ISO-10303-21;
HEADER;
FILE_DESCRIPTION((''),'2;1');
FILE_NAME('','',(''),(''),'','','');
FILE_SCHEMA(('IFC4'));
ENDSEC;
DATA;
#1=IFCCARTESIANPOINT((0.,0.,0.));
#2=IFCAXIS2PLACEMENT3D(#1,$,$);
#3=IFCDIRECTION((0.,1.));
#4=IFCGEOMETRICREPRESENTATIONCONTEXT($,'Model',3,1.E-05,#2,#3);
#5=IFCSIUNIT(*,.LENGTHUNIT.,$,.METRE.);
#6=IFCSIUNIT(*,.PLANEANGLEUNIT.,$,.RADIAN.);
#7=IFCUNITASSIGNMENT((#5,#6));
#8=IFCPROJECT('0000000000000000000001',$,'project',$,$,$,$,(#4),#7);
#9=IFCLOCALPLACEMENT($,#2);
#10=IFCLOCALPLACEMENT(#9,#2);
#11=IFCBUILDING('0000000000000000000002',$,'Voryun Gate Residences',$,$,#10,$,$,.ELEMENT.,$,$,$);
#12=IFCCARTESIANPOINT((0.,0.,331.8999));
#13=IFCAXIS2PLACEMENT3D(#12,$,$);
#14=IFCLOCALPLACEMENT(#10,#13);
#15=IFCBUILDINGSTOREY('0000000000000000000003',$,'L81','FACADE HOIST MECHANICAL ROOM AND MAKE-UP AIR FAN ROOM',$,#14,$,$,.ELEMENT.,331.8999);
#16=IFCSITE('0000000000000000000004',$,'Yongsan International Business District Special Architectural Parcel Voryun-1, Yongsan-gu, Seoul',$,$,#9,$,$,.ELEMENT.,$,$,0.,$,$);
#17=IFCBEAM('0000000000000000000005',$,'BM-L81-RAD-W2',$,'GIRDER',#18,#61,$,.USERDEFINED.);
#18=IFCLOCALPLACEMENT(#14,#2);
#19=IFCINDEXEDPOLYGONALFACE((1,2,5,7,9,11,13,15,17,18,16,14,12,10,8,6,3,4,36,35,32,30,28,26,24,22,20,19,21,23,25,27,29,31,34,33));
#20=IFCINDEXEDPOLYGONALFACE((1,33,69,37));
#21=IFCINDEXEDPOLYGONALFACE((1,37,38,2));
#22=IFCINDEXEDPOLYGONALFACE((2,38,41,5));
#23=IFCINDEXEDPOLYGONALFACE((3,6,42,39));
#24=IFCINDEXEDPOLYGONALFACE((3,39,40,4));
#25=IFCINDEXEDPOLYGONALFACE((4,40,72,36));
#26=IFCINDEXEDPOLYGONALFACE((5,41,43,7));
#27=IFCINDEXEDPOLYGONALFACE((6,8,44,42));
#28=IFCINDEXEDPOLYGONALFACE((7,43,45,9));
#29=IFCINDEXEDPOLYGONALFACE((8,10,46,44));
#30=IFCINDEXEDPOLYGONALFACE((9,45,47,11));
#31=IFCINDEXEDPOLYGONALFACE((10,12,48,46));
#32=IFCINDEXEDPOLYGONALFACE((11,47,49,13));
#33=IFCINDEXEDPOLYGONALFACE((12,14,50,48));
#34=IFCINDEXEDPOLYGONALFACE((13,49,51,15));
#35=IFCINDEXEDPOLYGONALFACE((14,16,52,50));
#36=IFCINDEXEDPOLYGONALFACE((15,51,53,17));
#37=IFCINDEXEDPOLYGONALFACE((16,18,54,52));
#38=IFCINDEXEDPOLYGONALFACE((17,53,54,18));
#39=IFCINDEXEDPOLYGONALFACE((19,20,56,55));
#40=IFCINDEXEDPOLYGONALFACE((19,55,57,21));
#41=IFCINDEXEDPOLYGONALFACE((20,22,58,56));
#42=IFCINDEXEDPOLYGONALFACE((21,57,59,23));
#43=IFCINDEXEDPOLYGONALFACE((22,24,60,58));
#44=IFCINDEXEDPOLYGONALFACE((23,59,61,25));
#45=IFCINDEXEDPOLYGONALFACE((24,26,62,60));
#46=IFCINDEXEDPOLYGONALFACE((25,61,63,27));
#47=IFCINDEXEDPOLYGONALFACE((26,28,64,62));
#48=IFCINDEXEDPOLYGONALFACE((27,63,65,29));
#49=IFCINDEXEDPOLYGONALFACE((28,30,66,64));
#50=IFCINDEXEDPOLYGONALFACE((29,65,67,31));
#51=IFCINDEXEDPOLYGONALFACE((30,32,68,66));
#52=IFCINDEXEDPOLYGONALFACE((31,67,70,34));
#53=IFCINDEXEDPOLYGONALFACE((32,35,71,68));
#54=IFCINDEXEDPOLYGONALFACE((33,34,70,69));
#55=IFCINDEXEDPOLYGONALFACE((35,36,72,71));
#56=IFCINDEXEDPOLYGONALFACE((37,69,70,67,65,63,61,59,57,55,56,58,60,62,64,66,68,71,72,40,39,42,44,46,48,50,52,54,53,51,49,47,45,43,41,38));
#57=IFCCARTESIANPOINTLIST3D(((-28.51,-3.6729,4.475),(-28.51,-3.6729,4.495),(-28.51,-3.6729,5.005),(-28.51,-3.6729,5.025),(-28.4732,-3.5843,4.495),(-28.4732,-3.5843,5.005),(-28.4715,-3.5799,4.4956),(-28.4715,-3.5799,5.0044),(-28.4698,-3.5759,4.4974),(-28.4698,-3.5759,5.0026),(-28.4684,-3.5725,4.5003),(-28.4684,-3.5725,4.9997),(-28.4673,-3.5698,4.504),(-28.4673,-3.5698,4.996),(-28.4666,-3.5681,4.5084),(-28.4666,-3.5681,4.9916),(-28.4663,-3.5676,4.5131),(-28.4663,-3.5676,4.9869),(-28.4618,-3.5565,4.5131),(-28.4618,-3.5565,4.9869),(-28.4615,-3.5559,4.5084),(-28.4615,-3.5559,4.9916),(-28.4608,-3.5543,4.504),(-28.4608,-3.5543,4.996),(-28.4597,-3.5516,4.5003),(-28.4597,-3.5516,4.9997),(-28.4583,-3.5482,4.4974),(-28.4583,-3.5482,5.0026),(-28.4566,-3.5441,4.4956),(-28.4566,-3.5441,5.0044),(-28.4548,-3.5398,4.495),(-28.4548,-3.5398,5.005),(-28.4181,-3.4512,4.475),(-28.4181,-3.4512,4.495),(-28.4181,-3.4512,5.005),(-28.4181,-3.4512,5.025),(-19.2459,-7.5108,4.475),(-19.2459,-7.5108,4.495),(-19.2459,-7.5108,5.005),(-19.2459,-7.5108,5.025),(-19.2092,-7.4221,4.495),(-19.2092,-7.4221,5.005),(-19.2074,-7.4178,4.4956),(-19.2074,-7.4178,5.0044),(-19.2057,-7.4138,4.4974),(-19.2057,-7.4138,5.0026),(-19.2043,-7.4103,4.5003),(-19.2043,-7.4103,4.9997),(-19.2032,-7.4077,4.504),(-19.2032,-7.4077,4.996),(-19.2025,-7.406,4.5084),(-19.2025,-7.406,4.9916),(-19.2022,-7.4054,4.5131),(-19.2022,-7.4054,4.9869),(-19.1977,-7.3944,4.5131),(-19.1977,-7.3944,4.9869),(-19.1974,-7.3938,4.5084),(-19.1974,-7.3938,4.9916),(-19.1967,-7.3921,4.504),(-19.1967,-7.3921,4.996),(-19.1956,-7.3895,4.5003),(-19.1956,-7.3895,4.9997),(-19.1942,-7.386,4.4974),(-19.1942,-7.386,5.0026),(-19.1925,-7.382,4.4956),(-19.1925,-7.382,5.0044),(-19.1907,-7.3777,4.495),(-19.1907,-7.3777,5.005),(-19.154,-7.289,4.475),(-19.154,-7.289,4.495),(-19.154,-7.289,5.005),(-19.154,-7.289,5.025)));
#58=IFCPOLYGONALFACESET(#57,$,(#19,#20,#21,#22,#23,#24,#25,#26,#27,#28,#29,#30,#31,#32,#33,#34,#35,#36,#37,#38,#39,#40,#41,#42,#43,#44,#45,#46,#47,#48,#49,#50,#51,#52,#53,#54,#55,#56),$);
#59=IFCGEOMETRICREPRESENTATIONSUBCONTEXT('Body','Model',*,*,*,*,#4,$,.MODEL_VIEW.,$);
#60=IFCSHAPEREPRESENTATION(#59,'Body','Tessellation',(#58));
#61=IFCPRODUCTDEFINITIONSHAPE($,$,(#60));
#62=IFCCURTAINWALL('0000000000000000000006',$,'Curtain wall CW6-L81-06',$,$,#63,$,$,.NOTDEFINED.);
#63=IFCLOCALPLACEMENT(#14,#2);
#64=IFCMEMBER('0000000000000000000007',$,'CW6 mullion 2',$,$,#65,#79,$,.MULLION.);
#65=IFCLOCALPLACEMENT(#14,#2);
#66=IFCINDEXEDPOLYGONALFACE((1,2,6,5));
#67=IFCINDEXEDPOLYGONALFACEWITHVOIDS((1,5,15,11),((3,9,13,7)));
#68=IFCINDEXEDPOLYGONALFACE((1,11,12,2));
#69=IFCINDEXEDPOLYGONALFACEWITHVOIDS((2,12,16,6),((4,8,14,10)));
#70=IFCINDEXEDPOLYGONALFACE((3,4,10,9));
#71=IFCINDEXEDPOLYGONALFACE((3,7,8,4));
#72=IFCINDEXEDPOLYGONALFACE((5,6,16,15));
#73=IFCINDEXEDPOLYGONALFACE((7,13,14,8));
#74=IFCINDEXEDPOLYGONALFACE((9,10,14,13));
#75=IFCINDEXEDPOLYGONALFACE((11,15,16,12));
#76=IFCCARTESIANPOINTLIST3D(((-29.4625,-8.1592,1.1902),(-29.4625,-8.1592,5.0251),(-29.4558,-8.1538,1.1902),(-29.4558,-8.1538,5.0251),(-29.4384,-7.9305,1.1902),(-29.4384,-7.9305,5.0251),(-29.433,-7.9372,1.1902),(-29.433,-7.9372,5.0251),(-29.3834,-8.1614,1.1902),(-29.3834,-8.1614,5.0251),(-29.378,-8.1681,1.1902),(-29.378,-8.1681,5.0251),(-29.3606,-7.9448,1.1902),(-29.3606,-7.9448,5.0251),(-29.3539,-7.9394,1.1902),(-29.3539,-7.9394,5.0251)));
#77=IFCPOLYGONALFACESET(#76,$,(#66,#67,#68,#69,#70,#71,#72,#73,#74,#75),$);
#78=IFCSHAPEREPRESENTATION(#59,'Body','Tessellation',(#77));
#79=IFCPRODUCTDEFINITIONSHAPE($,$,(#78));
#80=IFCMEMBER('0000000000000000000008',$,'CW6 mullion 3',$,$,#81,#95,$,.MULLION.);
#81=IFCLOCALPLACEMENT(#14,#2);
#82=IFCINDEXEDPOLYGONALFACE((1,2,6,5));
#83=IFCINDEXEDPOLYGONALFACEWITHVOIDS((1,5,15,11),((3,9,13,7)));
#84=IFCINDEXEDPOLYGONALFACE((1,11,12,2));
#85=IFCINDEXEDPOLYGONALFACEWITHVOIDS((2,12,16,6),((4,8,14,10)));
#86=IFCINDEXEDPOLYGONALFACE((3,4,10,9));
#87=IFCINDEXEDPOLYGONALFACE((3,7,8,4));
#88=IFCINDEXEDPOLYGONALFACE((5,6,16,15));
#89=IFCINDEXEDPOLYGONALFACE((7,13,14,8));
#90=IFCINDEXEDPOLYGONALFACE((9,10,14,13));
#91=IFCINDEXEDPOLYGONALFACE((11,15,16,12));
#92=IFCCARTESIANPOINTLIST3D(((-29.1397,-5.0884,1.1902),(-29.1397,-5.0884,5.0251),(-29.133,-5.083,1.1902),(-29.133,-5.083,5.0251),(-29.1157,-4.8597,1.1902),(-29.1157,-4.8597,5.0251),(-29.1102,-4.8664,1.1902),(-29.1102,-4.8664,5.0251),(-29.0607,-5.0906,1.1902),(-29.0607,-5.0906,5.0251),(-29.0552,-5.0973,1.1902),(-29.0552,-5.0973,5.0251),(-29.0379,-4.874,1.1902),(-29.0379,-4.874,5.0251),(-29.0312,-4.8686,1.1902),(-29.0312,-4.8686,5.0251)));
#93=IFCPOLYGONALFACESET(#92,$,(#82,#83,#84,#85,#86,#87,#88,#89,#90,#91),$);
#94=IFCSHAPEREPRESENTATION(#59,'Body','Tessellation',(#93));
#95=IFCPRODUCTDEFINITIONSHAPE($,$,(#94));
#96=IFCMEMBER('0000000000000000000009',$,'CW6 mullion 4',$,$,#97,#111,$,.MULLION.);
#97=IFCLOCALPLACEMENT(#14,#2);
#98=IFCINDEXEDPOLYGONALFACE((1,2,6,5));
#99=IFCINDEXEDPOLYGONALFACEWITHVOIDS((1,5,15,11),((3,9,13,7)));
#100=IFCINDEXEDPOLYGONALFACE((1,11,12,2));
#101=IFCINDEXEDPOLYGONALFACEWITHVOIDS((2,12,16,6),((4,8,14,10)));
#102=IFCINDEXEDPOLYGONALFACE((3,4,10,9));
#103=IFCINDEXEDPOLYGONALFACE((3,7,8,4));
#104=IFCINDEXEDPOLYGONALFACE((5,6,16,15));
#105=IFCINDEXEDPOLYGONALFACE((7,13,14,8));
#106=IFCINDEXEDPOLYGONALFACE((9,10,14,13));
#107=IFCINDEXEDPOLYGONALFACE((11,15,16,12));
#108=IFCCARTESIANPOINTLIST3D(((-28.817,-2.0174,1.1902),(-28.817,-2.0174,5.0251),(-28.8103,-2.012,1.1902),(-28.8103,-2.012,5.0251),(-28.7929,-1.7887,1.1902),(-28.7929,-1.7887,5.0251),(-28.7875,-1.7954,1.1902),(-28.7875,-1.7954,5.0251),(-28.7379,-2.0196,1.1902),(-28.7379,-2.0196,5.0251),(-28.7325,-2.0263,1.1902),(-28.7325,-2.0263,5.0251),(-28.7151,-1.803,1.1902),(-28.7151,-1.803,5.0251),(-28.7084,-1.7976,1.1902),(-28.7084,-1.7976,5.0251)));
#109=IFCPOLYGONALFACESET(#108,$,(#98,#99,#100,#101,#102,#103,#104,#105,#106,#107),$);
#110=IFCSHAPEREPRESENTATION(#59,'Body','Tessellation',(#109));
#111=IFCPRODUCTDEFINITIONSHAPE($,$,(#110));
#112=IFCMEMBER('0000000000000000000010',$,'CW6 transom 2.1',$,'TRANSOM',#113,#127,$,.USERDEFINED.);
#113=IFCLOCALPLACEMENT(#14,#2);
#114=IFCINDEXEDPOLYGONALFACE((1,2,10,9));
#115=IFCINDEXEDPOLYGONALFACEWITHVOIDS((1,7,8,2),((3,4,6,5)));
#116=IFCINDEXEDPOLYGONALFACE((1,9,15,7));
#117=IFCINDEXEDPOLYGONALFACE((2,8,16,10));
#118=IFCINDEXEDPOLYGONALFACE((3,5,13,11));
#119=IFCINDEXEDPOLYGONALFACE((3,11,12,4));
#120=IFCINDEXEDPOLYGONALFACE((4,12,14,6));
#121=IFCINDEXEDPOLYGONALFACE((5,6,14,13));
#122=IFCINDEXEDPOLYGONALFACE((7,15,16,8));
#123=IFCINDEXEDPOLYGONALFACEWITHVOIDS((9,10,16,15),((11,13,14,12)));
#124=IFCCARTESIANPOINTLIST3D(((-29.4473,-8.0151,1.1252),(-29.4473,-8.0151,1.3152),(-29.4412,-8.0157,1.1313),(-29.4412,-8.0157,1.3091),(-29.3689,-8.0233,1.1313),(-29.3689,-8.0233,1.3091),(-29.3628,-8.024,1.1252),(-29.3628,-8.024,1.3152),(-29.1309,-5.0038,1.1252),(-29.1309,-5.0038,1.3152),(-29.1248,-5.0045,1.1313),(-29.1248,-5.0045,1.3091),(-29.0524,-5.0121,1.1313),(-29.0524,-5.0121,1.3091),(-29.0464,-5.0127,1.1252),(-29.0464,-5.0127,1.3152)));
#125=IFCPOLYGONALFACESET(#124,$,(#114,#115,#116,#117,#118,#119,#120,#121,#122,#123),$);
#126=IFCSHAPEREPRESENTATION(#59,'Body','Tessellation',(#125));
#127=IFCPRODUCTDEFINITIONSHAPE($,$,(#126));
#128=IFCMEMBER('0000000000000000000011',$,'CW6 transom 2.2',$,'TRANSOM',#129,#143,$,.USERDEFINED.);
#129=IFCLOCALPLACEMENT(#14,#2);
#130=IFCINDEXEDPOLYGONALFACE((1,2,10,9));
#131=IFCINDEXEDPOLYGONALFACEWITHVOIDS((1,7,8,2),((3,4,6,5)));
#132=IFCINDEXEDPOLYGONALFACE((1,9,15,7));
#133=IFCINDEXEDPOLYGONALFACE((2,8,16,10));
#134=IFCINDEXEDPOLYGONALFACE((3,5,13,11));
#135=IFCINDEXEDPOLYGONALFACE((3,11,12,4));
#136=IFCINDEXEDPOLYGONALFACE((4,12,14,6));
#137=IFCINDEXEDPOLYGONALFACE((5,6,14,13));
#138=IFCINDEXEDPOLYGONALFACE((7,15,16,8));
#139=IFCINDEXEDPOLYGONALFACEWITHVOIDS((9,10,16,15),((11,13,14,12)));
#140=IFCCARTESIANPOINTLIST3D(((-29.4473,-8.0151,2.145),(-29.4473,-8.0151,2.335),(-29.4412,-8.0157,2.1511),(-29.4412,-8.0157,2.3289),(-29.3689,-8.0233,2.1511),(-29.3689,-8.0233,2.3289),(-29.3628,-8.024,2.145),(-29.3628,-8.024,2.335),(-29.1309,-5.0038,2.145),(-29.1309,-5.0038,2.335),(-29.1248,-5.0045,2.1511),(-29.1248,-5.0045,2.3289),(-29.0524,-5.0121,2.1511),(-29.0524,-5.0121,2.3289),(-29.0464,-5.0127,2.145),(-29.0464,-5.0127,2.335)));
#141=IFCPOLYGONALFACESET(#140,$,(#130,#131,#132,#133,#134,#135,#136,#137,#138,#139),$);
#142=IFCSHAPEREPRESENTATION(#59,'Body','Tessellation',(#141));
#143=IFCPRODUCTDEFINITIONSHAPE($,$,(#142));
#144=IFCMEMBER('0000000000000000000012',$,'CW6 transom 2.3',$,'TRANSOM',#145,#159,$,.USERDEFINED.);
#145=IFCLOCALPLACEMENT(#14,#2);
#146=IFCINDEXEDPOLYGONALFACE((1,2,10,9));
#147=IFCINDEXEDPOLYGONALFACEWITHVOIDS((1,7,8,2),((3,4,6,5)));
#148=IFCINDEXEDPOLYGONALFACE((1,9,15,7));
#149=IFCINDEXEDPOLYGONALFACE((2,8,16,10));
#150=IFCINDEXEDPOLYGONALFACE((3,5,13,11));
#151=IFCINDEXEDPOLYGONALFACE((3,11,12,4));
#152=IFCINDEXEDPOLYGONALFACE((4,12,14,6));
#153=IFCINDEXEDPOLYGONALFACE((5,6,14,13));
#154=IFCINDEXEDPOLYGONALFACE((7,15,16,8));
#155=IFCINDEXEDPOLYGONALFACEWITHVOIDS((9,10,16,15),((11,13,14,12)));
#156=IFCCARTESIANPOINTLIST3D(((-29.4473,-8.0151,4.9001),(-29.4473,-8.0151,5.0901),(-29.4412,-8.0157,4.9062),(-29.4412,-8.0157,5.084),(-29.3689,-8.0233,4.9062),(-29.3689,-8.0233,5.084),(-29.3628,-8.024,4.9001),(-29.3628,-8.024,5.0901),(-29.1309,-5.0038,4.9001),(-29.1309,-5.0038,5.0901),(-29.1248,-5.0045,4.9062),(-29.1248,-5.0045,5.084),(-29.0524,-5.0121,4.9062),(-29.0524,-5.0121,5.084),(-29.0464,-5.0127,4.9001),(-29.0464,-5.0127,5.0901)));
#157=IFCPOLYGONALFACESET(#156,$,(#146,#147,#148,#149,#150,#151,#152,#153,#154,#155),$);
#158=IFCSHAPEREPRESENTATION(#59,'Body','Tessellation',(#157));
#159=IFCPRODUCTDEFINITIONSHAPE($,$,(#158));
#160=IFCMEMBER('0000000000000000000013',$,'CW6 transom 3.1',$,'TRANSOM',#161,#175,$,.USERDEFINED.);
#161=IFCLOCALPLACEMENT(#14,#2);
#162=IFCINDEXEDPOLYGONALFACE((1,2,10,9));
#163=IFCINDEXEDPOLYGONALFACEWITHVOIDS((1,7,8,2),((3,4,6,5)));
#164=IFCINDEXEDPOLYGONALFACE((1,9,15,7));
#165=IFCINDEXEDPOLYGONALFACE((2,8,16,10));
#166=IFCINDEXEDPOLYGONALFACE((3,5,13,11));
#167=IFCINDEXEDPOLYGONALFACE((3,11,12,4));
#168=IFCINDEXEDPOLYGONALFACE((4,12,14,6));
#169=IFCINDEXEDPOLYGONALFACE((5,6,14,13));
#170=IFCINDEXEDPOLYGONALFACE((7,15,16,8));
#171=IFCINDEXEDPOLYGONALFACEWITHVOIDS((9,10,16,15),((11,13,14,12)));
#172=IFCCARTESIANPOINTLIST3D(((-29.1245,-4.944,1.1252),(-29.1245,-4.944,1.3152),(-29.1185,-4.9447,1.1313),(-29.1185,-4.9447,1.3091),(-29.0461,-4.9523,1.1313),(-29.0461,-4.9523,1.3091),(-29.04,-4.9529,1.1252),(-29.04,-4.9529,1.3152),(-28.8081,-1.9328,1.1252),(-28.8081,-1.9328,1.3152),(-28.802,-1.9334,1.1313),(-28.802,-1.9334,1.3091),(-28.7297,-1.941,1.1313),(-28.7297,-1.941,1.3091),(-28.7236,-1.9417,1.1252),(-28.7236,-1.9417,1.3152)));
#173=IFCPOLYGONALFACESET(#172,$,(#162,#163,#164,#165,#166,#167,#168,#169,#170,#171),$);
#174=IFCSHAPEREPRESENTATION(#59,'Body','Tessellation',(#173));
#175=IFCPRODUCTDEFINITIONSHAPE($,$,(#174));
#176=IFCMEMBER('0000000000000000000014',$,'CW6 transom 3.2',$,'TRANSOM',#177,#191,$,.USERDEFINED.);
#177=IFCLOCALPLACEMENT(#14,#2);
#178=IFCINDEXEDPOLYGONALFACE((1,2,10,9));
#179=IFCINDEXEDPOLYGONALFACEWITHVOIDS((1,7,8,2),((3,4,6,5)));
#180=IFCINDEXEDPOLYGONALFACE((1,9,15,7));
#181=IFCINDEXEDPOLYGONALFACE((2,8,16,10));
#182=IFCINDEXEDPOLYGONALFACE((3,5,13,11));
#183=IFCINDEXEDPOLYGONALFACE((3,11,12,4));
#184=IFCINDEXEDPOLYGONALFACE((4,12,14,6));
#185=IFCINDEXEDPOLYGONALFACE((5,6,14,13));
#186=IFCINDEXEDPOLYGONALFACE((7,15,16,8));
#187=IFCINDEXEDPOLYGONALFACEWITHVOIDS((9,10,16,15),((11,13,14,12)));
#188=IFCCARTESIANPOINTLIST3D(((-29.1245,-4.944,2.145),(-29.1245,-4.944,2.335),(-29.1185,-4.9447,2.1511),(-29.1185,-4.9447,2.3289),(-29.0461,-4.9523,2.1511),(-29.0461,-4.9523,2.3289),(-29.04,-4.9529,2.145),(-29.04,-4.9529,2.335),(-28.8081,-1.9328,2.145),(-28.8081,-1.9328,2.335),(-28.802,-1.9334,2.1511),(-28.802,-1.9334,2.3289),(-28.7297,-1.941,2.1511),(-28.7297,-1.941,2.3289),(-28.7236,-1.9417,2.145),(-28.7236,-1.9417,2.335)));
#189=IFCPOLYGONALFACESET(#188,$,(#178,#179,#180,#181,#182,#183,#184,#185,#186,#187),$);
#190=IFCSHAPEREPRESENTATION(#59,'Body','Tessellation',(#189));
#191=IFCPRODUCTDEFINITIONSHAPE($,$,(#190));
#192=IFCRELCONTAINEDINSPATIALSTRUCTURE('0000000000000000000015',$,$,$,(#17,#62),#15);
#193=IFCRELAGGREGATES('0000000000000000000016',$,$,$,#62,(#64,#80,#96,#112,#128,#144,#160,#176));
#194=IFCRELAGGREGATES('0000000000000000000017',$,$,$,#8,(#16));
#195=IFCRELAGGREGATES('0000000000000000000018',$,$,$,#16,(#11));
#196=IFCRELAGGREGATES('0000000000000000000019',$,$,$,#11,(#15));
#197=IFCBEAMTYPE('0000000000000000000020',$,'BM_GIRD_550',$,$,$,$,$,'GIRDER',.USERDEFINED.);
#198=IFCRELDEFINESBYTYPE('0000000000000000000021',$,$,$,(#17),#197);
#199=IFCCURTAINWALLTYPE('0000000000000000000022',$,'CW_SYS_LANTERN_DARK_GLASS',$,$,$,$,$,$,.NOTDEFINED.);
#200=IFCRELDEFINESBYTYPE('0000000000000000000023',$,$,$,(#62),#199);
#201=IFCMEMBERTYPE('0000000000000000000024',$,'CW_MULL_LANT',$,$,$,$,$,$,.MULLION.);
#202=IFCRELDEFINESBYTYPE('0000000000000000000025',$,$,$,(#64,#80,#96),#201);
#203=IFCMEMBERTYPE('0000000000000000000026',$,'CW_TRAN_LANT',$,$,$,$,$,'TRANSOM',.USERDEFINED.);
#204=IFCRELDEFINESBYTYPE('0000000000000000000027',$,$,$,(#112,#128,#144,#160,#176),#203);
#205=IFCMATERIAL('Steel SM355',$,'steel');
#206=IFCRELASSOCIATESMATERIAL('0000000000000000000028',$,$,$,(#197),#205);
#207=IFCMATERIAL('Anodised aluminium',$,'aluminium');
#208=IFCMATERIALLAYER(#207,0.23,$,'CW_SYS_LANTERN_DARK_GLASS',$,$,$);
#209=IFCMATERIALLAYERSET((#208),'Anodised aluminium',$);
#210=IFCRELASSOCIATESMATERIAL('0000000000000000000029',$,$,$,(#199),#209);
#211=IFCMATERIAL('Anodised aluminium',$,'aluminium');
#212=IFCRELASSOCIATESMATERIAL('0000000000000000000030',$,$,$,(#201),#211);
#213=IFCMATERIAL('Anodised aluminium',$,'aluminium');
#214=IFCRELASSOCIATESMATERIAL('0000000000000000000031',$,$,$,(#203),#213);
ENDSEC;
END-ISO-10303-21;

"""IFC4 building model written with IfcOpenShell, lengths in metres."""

from ifc_helpers import new_model, si_unit, direction, frame, origin, origin_2d, place, context, subcontext, project, spatial, hollow_rectangle, i_section, extrude, material, layer, layer_set, material_profile, profile_set, type_object, element, aggregate, save


model = new_model("IFC4")

# Units and contexts
model_context = context("Model", 3, precision=1e-05, world=origin(), true_north=direction((0.0, 1.0)))
body_context = subcontext(model_context, "Body", "Model", "MODEL_VIEW")
ifc_project = project(units=[si_unit("LENGTHUNIT", "METRE"), si_unit("PLANEANGLEUNIT", "RADIAN")], contexts=[model_context])

# Site, building, storey
site_placement = place(None, origin())
site = spatial("IfcSite", under=ifc_project, at=site_placement, Name="Yongsan International Business District Special Architectural Parcel Voryun-1, Yongsan-gu, Seoul", CompositionType="ELEMENT", RefElevation=0.0)
building_placement = place(site_placement, origin())
building = spatial("IfcBuilding", under=site, at=building_placement, Name="Voryun Gate Residences", CompositionType="ELEMENT")
storey_placement = place(building_placement, frame((0.0, 0.0, 331.8999)))
storey = spatial("IfcBuildingStorey", under=building, at=storey_placement, Name="L81", Description="FACADE HOIST MECHANICAL ROOM AND MAKE-UP AIR FAN ROOM", CompositionType="ELEMENT", Elevation=331.8999)

# Beam
ifc_material_1 = material(Name="Steel SM355", Category="steel")
ifc_material_profile_1 = material_profile(ifc_material_1, i_section(OverallWidth=0.24, OverallDepth=0.55, WebThickness=0.012, FlangeThickness=0.02, FilletRadius=0.0181, at=origin_2d()), Name="H-550x240x12x20")
ifc_profile_set_1 = profile_set([ifc_material_profile_1], Name="Steel SM355")
beam_type_1 = type_object("IfcBeamType", Name="BM_GIRD_550", ElementType="GIRDER", PredefinedType="USERDEFINED", material=ifc_profile_set_1)
beam_1_placement = place(storey_placement, frame((-19.2, -7.3999, 4.75), z_axis=(-0.92386, 0.38273, 0.0), x_axis=(-0.38273, -0.92386, 0.0)))
element("IfcBeam", 1, at=beam_1_placement, inside=storey, type_object=beam_type_1, Name="BM-L81-RAD-W2", ObjectType="GIRDER", PredefinedType="USERDEFINED", context=body_context, shape_type="SweptSolid", body=[
    extrude(i_section(OverallWidth=0.24, OverallDepth=0.55, WebThickness=0.012, FlangeThickness=0.02, FilletRadius=0.0181, at=origin_2d()), origin(), (0.0, 0.0, 1.0), 10.0276),
])

# Curtain wall, members
ifc_material_2 = material(Name="Anodised aluminium", Category="aluminium")
ifc_layer_1 = layer(ifc_material_2, 0.23, Name="CW_SYS_LANTERN_DARK_GLASS")
ifc_layer_set_1 = layer_set([ifc_layer_1], Name="Anodised aluminium")
curtain_wall_type = type_object("IfcCurtainWallType", Name="CW_SYS_LANTERN_DARK_GLASS", PredefinedType="NOTDEFINED", material=ifc_layer_set_1)
curtain_wall_placement = place(storey_placement, origin())
curtain_wall = element("IfcCurtainWall", 2, at=curtain_wall_placement, inside=storey, type_object=curtain_wall_type, Name="Curtain wall CW6-L81-06", PredefinedType="NOTDEFINED")
ifc_material_3 = material(Name="Anodised aluminium", Category="aluminium")
ifc_material_profile_2 = material_profile(ifc_material_3, hollow_rectangle(XDim=0.085, YDim=0.23, WallThickness=0.0061, at=origin_2d()), Name="ALU-MULL-230x85x6")
ifc_profile_set_2 = profile_set([ifc_material_profile_2], Name="Anodised aluminium")
member_type_1 = type_object("IfcMemberType", Name="CW_MULL_LANT", PredefinedType="MULLION", material=ifc_profile_set_2)
member_1_placement = place(storey_placement, frame((-29.4082, -8.0493, 1.1902), z_axis=(0.0, 0.0, 1.0), x_axis=(-0.994522, 0.104528, 0.0)))
member_1 = element("IfcMember", 3, at=member_1_placement, type_object=member_type_1, Name="CW6 mullion 2", PredefinedType="MULLION", context=body_context, shape_type="SweptSolid", body=[
    extrude(hollow_rectangle(XDim=0.085, YDim=0.23, WallThickness=0.0061, at=origin_2d()), origin(), (0.0, 0.0, 1.0), 3.835),
])
member_2_placement = place(storey_placement, frame((-29.0854, -4.9785, 1.1902), z_axis=(0.0, 0.0, 1.0), x_axis=(-0.994522, 0.104528, 0.0)))
member_2 = element("IfcMember", 4, at=member_2_placement, type_object=member_type_1, Name="CW6 mullion 3", PredefinedType="MULLION", context=body_context, shape_type="SweptSolid", body=[
    extrude(hollow_rectangle(XDim=0.085, YDim=0.23, WallThickness=0.0061, at=origin_2d()), origin(), (0.0, 0.0, 1.0), 3.835),
])
member_3_placement = place(storey_placement, frame((-28.7627, -1.9075, 1.1902), z_axis=(0.0, 0.0, 1.0), x_axis=(-0.994522, 0.104528, 0.0)))
member_3 = element("IfcMember", 5, at=member_3_placement, type_object=member_type_1, Name="CW6 mullion 4", PredefinedType="MULLION", context=body_context, shape_type="SweptSolid", body=[
    extrude(hollow_rectangle(XDim=0.085, YDim=0.23, WallThickness=0.0061, at=origin_2d()), origin(), (0.0, 0.0, 1.0), 3.835),
])
ifc_material_4 = material(Name="Anodised aluminium", Category="aluminium")
ifc_material_profile_3 = material_profile(ifc_material_4, hollow_rectangle(XDim=0.085, YDim=0.1899, WallThickness=0.0061, at=origin_2d()), Name="ALU-TRAN-190x85x6")
ifc_profile_set_3 = profile_set([ifc_material_profile_3], Name="Anodised aluminium")
member_type_2 = type_object("IfcMemberType", Name="CW_TRAN_LANT", ElementType="TRANSOM", PredefinedType="USERDEFINED", material=ifc_profile_set_3)
member_4_placement = place(storey_placement, frame((-29.405, -8.0195, 1.2202), z_axis=(0.1045, 0.994525, 0.0), x_axis=(-0.994525, 0.1045, 0.0)))
member_4 = element("IfcMember", 6, at=member_4_placement, type_object=member_type_2, Name="CW6 transom 2.1", ObjectType="TRANSOM", PredefinedType="USERDEFINED", context=body_context, shape_type="SweptSolid", body=[
    extrude(hollow_rectangle(XDim=0.085, YDim=0.1899, WallThickness=0.0061, at=origin_2d()), origin(), (0.0, 0.0, 1.0), 3.0278),
])
member_5_placement = place(storey_placement, frame((-29.405, -8.0195, 2.24), z_axis=(0.1045, 0.994525, 0.0), x_axis=(-0.994525, 0.1045, 0.0)))
member_5 = element("IfcMember", 7, at=member_5_placement, type_object=member_type_2, Name="CW6 transom 2.2", ObjectType="TRANSOM", PredefinedType="USERDEFINED", context=body_context, shape_type="SweptSolid", body=[
    extrude(hollow_rectangle(XDim=0.085, YDim=0.1899, WallThickness=0.0061, at=origin_2d()), origin(), (0.0, 0.0, 1.0), 3.0278),
])
member_6_placement = place(storey_placement, frame((-29.405, -8.0195, 4.9951), z_axis=(0.1045, 0.994525, 0.0), x_axis=(-0.994525, 0.1045, 0.0)))
member_6 = element("IfcMember", 8, at=member_6_placement, type_object=member_type_2, Name="CW6 transom 2.3", ObjectType="TRANSOM", PredefinedType="USERDEFINED", context=body_context, shape_type="SweptSolid", body=[
    extrude(hollow_rectangle(XDim=0.085, YDim=0.1899, WallThickness=0.0061, at=origin_2d()), origin(), (0.0, 0.0, 1.0), 3.0278),
])
member_7_placement = place(storey_placement, frame((-29.0823, -4.9485, 1.2202), z_axis=(0.1045, 0.994525, 0.0), x_axis=(-0.994525, 0.1045, 0.0)))
member_7 = element("IfcMember", 9, at=member_7_placement, type_object=member_type_2, Name="CW6 transom 3.1", ObjectType="TRANSOM", PredefinedType="USERDEFINED", context=body_context, shape_type="SweptSolid", body=[
    extrude(hollow_rectangle(XDim=0.085, YDim=0.1899, WallThickness=0.0061, at=origin_2d()), origin(), (0.0, 0.0, 1.0), 3.0278),
])
member_8_placement = place(storey_placement, frame((-29.0823, -4.9485, 2.24), z_axis=(0.1045, 0.994525, 0.0), x_axis=(-0.994525, 0.1045, 0.0)))
member_8 = element("IfcMember", 10, at=member_8_placement, type_object=member_type_2, Name="CW6 transom 3.2", ObjectType="TRANSOM", PredefinedType="USERDEFINED", context=body_context, shape_type="SweptSolid", body=[
    extrude(hollow_rectangle(XDim=0.085, YDim=0.1899, WallThickness=0.0061, at=origin_2d()), origin(), (0.0, 0.0, 1.0), 3.0278),
])

aggregate(curtain_wall, [member_1, member_2, member_3, member_4, member_5, member_6, member_7, member_8])

save(model, "model.ifc")
